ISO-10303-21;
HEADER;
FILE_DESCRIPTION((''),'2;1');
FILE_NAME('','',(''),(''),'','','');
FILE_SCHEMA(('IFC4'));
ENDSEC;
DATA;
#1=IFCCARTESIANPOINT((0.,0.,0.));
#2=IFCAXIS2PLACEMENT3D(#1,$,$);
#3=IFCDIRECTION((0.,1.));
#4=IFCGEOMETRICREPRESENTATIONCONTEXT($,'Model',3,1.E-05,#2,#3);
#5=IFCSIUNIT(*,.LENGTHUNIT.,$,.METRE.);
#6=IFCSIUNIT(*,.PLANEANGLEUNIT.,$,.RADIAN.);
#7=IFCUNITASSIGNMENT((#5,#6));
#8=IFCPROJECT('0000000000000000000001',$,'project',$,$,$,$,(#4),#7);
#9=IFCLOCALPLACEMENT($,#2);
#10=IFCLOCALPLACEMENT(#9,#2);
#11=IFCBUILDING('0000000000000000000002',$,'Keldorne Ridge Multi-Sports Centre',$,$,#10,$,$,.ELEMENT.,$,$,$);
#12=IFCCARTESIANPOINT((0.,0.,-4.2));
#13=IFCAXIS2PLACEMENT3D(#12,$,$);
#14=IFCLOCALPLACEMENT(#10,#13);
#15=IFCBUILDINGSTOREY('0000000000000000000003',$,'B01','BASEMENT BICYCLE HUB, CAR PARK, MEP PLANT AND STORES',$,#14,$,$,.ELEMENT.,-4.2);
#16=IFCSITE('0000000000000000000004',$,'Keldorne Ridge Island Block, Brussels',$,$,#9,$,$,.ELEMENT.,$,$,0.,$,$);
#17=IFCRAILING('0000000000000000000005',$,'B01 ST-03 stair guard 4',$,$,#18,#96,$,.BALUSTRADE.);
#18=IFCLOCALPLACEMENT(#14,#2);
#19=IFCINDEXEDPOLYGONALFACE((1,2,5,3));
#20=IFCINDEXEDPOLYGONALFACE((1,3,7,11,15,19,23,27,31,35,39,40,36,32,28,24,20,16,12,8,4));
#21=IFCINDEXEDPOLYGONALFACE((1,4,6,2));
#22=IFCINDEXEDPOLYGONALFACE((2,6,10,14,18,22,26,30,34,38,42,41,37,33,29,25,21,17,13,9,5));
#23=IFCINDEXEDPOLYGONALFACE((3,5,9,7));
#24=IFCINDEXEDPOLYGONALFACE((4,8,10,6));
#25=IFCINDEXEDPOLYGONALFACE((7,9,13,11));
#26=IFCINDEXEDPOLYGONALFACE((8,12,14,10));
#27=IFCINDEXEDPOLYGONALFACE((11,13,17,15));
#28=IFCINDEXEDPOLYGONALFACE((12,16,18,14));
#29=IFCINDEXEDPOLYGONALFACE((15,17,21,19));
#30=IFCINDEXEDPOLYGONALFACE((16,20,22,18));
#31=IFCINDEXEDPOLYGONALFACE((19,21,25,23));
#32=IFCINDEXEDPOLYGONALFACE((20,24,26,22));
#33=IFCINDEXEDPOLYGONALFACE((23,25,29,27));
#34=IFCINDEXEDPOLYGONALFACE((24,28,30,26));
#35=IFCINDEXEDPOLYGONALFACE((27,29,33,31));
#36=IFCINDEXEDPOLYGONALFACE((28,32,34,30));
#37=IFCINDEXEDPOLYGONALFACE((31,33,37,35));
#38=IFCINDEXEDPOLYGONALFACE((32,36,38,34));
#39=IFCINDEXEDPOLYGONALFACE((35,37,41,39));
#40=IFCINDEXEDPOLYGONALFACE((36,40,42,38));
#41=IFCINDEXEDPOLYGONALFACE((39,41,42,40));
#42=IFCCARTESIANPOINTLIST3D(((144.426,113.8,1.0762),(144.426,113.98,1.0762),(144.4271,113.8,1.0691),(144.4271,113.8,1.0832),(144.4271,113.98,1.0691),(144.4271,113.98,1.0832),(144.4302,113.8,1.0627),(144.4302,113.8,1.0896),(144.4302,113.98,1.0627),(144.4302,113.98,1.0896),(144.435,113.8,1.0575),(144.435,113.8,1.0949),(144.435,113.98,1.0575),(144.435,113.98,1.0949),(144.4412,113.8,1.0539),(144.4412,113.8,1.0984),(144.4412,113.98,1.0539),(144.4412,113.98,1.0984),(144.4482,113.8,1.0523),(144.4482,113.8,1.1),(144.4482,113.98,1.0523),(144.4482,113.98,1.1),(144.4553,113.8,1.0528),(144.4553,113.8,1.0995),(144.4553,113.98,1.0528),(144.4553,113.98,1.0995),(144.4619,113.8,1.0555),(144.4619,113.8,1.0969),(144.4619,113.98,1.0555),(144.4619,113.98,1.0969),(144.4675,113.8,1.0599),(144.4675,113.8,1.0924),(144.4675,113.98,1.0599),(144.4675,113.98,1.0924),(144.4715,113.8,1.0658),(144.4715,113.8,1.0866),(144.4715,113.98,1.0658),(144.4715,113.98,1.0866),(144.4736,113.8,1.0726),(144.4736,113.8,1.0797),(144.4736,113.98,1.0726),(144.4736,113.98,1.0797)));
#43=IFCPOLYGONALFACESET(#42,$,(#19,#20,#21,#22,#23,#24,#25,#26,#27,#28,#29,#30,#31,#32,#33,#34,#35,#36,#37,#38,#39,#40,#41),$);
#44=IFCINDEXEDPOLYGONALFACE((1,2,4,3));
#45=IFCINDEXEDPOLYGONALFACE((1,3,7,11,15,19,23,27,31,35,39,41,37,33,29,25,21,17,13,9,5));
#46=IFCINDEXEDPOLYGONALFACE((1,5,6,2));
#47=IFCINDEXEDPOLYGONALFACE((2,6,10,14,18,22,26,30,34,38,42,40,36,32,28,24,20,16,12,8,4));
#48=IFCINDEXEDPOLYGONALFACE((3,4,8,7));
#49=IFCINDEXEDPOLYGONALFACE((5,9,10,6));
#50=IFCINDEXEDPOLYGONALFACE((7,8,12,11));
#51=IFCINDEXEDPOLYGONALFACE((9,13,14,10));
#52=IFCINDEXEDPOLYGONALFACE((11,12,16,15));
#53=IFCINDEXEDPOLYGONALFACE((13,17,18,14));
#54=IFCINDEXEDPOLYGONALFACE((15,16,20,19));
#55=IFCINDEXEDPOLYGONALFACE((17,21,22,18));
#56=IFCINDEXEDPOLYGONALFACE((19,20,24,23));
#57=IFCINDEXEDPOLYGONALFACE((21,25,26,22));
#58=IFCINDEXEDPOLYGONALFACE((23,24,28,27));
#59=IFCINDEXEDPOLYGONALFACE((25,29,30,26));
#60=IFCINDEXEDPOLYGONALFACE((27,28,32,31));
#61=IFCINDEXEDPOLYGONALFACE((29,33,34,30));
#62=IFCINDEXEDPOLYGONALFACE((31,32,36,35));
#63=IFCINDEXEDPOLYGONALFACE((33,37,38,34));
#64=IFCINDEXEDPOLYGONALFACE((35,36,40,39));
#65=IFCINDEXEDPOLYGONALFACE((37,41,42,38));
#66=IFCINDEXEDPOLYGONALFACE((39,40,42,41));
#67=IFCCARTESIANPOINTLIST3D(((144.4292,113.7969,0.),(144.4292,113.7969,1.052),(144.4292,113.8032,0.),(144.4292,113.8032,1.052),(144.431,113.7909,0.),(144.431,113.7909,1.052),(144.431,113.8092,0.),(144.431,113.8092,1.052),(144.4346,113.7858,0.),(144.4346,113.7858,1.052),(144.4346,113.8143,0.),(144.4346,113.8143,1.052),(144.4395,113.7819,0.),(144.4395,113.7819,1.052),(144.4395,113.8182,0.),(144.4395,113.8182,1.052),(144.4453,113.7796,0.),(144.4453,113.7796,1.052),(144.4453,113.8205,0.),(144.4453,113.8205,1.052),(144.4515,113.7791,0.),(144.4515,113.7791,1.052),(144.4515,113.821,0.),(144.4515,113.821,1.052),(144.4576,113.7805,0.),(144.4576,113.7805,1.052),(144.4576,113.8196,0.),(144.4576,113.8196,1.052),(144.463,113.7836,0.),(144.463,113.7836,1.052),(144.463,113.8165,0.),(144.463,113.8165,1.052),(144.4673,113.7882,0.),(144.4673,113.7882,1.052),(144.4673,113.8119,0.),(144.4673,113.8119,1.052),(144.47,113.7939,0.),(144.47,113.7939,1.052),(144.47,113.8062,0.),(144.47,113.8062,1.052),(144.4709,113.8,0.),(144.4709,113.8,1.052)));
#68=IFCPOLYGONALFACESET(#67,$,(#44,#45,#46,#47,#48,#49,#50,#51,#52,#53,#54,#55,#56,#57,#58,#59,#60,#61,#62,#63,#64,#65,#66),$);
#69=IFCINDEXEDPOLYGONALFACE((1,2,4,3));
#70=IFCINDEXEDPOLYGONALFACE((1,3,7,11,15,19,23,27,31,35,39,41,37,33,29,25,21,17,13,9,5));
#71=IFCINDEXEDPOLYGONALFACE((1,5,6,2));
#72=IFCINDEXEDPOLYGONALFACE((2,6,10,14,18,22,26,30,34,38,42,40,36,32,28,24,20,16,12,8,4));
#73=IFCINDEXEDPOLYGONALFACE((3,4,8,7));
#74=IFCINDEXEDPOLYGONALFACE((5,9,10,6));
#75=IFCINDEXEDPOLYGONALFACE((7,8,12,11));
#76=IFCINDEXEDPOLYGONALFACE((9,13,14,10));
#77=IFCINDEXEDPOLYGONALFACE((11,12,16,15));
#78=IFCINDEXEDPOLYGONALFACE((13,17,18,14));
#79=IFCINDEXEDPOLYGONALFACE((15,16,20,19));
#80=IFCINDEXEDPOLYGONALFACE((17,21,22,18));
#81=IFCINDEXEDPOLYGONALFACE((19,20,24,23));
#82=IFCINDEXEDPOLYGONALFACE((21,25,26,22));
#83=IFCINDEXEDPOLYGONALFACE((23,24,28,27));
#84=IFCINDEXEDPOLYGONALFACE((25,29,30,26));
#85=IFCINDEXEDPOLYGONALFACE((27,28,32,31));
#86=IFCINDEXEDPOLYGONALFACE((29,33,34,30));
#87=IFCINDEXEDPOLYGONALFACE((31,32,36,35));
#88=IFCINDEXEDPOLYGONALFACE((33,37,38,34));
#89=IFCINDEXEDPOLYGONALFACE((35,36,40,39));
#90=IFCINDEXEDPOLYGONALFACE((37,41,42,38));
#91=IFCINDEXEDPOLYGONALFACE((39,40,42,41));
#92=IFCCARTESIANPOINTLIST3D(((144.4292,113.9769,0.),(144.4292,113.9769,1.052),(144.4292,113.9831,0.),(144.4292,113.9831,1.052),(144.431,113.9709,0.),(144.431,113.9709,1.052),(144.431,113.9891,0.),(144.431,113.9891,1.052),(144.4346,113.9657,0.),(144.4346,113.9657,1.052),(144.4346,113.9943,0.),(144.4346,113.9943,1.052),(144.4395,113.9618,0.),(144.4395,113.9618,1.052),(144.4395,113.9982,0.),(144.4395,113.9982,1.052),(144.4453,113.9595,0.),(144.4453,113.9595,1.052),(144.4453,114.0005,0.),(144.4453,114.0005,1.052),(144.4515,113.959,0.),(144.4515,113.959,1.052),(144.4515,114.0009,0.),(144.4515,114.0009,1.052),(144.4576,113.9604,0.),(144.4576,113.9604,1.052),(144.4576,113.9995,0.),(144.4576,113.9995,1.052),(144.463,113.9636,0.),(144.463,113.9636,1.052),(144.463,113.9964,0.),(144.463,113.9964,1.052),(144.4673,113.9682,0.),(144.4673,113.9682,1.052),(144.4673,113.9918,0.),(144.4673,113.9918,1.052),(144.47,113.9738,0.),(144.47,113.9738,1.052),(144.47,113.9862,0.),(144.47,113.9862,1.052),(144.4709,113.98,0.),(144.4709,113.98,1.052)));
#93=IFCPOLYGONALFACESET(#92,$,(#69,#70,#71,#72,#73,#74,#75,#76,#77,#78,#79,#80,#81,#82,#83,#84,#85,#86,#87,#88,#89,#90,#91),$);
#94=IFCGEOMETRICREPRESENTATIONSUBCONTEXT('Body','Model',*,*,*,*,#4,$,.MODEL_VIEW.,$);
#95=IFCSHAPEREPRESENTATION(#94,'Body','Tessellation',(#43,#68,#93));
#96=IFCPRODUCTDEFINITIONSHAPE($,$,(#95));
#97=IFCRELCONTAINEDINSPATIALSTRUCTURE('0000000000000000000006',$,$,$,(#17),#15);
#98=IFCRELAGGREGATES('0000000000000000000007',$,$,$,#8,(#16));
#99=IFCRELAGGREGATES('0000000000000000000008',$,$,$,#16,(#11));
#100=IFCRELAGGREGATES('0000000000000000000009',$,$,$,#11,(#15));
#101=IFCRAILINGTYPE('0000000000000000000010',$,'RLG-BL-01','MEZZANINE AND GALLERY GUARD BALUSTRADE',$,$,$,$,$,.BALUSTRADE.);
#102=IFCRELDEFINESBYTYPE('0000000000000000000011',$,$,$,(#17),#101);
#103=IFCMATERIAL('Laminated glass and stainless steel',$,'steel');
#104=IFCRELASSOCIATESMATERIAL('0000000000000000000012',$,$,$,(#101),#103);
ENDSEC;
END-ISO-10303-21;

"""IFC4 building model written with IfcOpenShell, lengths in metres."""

from ifc_helpers import new_model, si_unit, direction, frame, origin, origin_2d, place, context, subcontext, project, spatial, circle, extrude, material, type_object, element, save


model = new_model("IFC4")

# Units and contexts
model_context = context("Model", 3, precision=1e-05, world=origin(), true_north=direction((0.0, 1.0)))
body_context = subcontext(model_context, "Body", "Model", "MODEL_VIEW")
ifc_project = project(units=[si_unit("LENGTHUNIT", "METRE"), si_unit("PLANEANGLEUNIT", "RADIAN")], contexts=[model_context])

# Site, building, storey
site_placement = place(None, origin())
site = spatial("IfcSite", under=ifc_project, at=site_placement, Name="Keldorne Ridge Island Block, Brussels", CompositionType="ELEMENT", RefElevation=0.0)
building_placement = place(site_placement, origin())
building = spatial("IfcBuilding", under=site, at=building_placement, Name="Keldorne Ridge Multi-Sports Centre", CompositionType="ELEMENT")
storey_placement = place(building_placement, frame((0.0, 0.0, -4.2)))
storey = spatial("IfcBuildingStorey", under=building, at=storey_placement, Name="B01", Description="BASEMENT BICYCLE HUB, CAR PARK, MEP PLANT AND STORES", CompositionType="ELEMENT", Elevation=-4.2)

# Railing
ifc_material_1 = material(Name="Laminated glass and stainless steel", Category="steel")
railing_type_1 = type_object("IfcRailingType", Name="RLG-BL-01", Description="MEZZANINE AND GALLERY GUARD BALUSTRADE", PredefinedType="BALUSTRADE", material=ifc_material_1)
railing_1_placement = place(storey_placement, frame((144.45, 113.8, 0.0)))
element("IfcRailing", 1, at=railing_1_placement, inside=storey, type_object=railing_type_1, Name="B01 ST-03 stair guard 4", PredefinedType="BALUSTRADE", context=body_context, shape_type="SweptSolid", body=[
    extrude(circle(Radius=0.0239, at=origin_2d()), frame((0.0, 0.0, 1.0762), z_axis=(0.0, 1.0, 0.0), x_axis=(-1.0, 0.0, 0.0)), (0.0, 0.0, 1.0), 0.1799),
    extrude(circle(Radius=0.021, at=origin_2d()), origin(), (0.0, 0.0, 1.0), 1.052),
    extrude(circle(Radius=0.021, at=origin_2d()), frame((0.0, 0.1799, 0.0)), (0.0, 0.0, 1.0), 1.052),
])

save(model, "model.ifc")
